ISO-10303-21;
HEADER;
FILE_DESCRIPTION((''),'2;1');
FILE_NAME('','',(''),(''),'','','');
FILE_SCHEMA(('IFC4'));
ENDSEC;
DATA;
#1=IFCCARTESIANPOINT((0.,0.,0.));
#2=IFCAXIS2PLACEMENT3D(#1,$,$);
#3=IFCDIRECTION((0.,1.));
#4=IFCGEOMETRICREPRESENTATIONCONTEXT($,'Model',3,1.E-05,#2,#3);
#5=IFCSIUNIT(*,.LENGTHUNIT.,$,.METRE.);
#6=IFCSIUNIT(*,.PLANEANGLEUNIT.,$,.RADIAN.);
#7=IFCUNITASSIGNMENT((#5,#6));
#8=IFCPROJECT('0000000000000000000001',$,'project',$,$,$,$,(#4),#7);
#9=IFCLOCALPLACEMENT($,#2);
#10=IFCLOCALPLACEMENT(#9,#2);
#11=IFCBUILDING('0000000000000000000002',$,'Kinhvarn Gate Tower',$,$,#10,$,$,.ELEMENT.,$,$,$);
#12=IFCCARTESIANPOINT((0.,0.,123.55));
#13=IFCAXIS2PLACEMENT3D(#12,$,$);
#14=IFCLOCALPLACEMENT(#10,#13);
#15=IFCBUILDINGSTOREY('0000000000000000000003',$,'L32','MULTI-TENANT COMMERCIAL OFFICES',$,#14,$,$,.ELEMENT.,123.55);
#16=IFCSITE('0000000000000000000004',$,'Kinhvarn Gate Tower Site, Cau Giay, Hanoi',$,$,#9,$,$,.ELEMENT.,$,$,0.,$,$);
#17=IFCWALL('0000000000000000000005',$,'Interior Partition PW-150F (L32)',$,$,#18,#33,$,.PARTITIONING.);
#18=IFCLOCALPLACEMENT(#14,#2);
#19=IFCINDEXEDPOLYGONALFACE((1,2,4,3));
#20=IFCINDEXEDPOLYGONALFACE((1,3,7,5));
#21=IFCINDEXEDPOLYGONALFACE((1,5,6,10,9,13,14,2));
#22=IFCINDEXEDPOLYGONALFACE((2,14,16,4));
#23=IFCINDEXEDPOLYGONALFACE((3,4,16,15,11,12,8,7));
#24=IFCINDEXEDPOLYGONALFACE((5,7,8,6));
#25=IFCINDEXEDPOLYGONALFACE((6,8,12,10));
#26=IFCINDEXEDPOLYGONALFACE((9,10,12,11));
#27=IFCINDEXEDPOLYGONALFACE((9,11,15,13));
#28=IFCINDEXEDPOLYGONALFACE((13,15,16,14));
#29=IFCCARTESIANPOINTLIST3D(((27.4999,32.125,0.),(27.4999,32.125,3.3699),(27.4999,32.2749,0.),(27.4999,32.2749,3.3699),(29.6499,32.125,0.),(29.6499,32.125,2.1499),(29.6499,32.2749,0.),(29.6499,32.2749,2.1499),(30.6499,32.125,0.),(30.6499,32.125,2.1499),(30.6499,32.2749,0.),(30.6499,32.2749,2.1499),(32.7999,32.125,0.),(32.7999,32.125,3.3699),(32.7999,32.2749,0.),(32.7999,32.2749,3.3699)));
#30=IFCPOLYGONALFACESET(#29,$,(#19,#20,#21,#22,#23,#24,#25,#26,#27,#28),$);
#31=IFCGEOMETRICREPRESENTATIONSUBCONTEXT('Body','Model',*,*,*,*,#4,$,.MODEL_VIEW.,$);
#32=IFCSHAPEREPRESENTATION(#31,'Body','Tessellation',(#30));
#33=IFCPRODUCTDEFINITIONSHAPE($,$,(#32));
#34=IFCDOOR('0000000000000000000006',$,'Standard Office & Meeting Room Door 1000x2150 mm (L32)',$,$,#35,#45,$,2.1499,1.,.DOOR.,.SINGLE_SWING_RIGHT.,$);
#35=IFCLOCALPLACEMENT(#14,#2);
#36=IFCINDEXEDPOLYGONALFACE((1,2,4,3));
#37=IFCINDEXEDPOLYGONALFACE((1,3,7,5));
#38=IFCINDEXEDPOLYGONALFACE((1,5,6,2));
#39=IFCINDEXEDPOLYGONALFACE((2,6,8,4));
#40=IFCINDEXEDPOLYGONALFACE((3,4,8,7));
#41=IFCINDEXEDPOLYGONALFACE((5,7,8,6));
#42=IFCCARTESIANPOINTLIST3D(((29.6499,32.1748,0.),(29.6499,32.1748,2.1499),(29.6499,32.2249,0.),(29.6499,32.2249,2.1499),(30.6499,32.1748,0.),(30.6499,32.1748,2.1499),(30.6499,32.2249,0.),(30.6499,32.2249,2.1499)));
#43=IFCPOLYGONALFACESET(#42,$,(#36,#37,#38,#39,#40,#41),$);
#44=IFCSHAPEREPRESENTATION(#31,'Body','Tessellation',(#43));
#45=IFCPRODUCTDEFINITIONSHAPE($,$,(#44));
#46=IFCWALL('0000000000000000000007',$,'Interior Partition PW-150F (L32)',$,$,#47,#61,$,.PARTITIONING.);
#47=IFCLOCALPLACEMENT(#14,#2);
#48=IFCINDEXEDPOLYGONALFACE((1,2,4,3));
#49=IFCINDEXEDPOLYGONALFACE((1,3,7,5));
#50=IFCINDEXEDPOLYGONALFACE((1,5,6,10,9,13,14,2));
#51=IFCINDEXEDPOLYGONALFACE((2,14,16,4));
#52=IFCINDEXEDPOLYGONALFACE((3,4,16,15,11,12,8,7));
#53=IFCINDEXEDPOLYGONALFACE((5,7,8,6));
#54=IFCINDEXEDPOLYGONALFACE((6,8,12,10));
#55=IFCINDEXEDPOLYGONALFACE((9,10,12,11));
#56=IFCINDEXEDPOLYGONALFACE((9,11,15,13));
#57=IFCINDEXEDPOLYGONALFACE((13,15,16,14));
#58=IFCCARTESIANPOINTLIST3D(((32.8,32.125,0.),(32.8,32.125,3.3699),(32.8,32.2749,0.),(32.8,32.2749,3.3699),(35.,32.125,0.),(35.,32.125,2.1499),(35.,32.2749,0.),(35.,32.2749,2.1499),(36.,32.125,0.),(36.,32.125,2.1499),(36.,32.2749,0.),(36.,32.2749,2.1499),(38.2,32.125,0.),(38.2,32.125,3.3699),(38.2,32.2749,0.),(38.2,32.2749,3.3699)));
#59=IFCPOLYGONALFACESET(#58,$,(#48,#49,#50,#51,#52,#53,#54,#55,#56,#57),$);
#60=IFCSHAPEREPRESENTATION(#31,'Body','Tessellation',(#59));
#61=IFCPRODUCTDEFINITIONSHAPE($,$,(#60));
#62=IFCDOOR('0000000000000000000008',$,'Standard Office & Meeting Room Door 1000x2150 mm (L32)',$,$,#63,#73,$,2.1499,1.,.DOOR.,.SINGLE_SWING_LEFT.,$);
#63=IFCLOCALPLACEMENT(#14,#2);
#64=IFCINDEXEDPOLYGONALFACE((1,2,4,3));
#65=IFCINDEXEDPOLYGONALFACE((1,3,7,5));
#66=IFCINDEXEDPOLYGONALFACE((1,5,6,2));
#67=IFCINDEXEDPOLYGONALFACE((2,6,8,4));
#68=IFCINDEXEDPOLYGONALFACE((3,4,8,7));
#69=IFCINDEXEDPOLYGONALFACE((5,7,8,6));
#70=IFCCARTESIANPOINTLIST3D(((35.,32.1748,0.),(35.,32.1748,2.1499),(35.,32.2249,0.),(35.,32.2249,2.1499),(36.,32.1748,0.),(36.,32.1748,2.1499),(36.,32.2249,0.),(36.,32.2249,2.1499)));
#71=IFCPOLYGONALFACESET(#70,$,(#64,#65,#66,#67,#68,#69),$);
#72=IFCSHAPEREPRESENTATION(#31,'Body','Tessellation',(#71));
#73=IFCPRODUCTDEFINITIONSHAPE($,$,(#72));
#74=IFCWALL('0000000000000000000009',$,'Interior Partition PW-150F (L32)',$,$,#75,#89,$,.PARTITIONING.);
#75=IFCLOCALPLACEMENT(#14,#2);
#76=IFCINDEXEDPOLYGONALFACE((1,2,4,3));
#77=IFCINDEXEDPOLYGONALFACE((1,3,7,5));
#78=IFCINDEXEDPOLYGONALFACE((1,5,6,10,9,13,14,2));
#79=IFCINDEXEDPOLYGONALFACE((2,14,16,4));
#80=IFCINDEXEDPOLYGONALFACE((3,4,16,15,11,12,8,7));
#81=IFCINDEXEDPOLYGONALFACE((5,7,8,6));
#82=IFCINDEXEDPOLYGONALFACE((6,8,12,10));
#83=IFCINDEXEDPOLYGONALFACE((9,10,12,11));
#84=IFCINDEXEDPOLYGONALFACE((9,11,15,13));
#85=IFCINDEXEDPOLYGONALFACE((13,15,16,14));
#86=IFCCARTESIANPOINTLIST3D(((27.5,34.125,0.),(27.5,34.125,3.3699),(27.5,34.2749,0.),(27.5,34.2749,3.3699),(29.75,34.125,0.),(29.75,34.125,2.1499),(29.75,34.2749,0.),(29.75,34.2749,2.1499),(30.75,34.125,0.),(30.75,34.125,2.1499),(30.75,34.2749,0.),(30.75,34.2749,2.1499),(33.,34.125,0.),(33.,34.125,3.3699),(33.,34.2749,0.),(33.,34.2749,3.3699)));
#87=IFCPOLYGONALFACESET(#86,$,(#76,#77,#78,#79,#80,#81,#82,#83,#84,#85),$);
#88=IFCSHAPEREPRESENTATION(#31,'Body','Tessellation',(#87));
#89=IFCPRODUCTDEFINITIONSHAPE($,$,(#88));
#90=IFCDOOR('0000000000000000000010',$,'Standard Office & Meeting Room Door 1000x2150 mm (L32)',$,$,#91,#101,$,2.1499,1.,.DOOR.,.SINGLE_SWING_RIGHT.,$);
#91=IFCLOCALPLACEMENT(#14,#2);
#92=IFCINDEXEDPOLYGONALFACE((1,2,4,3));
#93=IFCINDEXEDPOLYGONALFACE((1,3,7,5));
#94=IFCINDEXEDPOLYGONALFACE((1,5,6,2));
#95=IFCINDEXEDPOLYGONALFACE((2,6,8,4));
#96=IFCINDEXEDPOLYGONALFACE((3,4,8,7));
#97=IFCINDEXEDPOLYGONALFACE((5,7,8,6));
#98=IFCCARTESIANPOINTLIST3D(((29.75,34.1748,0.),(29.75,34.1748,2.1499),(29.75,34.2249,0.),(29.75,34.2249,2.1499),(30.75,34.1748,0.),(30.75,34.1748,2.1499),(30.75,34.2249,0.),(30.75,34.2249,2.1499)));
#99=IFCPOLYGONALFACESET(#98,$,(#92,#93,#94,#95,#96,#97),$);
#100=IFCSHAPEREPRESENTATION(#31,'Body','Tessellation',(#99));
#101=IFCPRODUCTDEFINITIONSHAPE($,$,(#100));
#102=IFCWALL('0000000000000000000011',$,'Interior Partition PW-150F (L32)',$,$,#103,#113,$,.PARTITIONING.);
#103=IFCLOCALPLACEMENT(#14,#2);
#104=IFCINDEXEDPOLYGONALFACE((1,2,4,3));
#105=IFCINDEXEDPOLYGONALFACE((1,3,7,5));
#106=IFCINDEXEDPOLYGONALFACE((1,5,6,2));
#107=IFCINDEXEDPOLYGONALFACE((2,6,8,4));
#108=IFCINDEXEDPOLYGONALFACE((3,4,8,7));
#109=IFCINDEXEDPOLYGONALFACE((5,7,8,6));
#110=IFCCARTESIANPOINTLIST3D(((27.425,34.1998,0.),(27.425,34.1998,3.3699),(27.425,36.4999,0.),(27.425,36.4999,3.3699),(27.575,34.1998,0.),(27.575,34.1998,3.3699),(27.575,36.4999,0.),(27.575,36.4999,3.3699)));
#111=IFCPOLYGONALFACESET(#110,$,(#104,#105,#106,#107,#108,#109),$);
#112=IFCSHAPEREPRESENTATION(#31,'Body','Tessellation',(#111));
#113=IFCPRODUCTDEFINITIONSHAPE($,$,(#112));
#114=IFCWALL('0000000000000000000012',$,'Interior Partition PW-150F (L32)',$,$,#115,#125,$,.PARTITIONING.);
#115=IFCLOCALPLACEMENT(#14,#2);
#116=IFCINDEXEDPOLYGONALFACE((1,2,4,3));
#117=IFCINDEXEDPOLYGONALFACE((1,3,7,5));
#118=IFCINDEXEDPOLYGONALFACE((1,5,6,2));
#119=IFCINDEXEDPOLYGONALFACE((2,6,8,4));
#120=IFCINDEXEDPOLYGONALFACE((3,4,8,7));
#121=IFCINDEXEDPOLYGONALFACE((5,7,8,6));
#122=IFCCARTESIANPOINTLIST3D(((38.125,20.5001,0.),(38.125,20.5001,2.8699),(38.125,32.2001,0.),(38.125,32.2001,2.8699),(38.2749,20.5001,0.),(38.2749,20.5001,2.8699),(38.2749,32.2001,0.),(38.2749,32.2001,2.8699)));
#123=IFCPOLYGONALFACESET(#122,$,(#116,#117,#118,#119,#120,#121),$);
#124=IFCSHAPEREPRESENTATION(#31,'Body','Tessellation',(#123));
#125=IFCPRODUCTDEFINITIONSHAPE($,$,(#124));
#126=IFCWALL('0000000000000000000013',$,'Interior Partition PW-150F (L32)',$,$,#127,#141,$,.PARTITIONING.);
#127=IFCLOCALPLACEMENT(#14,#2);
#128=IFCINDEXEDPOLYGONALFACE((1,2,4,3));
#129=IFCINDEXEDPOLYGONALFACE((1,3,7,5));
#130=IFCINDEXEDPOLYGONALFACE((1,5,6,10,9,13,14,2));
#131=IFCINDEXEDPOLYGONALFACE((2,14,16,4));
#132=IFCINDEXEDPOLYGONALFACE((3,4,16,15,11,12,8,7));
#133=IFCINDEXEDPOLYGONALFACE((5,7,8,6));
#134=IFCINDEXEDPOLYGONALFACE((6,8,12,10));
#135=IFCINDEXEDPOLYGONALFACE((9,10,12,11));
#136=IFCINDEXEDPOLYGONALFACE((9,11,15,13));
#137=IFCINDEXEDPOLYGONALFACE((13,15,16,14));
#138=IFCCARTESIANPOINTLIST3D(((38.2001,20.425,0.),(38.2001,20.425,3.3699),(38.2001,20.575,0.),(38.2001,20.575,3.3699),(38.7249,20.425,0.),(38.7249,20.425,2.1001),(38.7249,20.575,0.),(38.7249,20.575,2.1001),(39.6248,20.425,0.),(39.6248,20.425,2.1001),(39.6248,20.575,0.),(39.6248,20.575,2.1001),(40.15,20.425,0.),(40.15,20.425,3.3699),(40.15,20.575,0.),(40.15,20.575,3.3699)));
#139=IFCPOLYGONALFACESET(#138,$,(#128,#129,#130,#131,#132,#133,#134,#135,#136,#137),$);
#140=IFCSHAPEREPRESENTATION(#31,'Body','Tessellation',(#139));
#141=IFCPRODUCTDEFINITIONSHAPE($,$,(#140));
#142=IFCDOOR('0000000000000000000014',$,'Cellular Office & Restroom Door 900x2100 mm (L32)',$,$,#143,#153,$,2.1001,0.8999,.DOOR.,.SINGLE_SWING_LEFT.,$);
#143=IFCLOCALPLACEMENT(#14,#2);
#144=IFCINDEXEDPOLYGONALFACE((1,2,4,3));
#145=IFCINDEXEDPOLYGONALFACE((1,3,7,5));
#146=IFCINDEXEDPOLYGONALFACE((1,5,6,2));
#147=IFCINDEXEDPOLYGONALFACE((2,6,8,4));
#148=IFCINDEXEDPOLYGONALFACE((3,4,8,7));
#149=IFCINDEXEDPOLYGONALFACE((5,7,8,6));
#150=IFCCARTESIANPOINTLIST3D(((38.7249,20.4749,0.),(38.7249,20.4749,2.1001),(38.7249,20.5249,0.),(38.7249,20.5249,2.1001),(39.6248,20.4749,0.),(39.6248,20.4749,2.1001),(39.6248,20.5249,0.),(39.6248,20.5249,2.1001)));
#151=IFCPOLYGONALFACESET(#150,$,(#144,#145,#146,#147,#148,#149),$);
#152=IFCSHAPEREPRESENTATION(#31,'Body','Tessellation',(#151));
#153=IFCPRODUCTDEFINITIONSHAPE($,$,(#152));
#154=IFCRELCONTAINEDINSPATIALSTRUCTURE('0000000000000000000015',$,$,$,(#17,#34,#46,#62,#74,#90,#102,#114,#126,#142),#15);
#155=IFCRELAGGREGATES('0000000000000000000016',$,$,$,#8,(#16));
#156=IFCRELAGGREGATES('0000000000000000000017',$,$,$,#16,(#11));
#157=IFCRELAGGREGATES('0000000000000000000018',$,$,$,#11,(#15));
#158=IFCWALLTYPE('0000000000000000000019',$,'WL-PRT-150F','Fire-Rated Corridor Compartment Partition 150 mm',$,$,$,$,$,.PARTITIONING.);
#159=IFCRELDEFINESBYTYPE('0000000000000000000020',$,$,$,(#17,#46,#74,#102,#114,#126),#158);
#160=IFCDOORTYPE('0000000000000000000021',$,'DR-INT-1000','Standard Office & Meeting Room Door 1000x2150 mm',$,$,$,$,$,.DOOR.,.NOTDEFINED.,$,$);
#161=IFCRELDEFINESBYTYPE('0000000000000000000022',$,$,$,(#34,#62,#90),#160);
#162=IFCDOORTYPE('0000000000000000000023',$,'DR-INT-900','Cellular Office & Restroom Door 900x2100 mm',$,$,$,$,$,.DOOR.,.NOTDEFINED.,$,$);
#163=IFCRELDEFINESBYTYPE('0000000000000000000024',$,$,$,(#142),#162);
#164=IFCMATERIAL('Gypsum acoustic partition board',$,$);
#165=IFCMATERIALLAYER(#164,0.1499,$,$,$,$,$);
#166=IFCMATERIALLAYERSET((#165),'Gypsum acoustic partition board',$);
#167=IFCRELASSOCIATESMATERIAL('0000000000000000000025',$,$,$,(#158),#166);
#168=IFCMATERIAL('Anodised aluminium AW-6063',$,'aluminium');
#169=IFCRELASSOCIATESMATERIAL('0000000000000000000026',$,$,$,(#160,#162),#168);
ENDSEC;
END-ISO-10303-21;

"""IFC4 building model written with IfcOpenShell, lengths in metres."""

from ifc_helpers import new_model, si_unit, direction, frame, frame_2d, origin, place, context, subcontext, project, spatial, rectangle, extrude, material, layer, layer_set, type_object, element, fill, save


model = new_model("IFC4")

# Units and contexts
model_context = context("Model", 3, precision=1e-05, world=origin(), true_north=direction((0.0, 1.0)))
body_context = subcontext(model_context, "Body", "Model", "MODEL_VIEW")
ifc_project = project(units=[si_unit("LENGTHUNIT", "METRE"), si_unit("PLANEANGLEUNIT", "RADIAN")], contexts=[model_context])

# Site, building, storey
site_placement = place(None, origin())
site = spatial("IfcSite", under=ifc_project, at=site_placement, Name="Kinhvarn Gate Tower Site, Cau Giay, Hanoi", CompositionType="ELEMENT", RefElevation=0.0)
building_placement = place(site_placement, origin())
building = spatial("IfcBuilding", under=site, at=building_placement, Name="Kinhvarn Gate Tower", CompositionType="ELEMENT")
storey_placement = place(building_placement, frame((0.0, 0.0, 123.55)))
storey = spatial("IfcBuildingStorey", under=building, at=storey_placement, Name="L32", Description="MULTI-TENANT COMMERCIAL OFFICES", CompositionType="ELEMENT", Elevation=123.55)

# Shared definitions
ifc_material_1 = material(Name="Gypsum acoustic partition board")

# Walls, openings, doors
ifc_layer_1 = layer(ifc_material_1, 0.1499)
ifc_layer_set_1 = layer_set([ifc_layer_1], Name="Gypsum acoustic partition board")
wall_type_1 = type_object("IfcWallType", Name="WL-PRT-150F", Description="Fire-Rated Corridor Compartment Partition 150 mm", PredefinedType="PARTITIONING", material=ifc_layer_set_1)
wall_1_placement = place(storey_placement, frame((27.5, 32.2, 0.0), z_axis=(0.0, 0.0, 1.0), x_axis=(1.0, 0.0, 0.0)))
wall_1 = element("IfcWall", 1, at=wall_1_placement, inside=storey, type_object=wall_type_1, Name="Interior Partition PW-150F (L32)", PredefinedType="PARTITIONING", context=body_context, shape_type="SweptSolid", body=[
    extrude(rectangle(XDim=5.3, YDim=0.1499, at=frame_2d((2.6499, 0.0))), origin(), (0.0, 0.0, 1.0), 3.3699),
])
opening_1_placement = place(wall_1_placement, frame((2.1499, 0.0, 0.0)))
opening_1 = element("IfcOpeningElement", 2, at=opening_1_placement, cuts=wall_1, PredefinedType="OPENING", context=body_context, shape_type="SweptSolid", body=[
    extrude(rectangle(XDim=1.0, YDim=2.1499, at=frame_2d((0.5, 1.075))), frame((0.0, 0.085, 0.0), z_axis=(0.0, -1.0, 0.0), x_axis=(1.0, 0.0, 0.0)), (0.0, 0.0, 1.0), 0.1699),
])
ifc_material_2 = material(Name="Anodised aluminium AW-6063", Category="aluminium")
door_type_1 = type_object("IfcDoorType", Name="DR-INT-1000", Description="Standard Office & Meeting Room Door 1000x2150 mm", OperationType="NOTDEFINED", PredefinedType="DOOR", material=ifc_material_2)
door_1_placement = place(opening_1_placement, origin())
door_1 = element("IfcDoor", 3, at=door_1_placement, inside=storey, type_object=door_type_1, Name="Standard Office & Meeting Room Door 1000x2150 mm (L32)", OperationType="SINGLE_SWING_RIGHT", OverallHeight=2.1499, OverallWidth=1.0, PredefinedType="DOOR", context=body_context, shape_type="SweptSolid", body=[
    extrude(rectangle(XDim=1.0, YDim=2.1499, at=frame_2d((0.5, 1.075))), frame((0.0, 0.0249, 0.0), z_axis=(0.0, -1.0, 0.0), x_axis=(1.0, 0.0, 0.0)), (0.0, 0.0, 1.0), 0.05),
])
fill(opening_1, door_1)
wall_2_placement = place(storey_placement, frame((32.8, 32.2, 0.0), z_axis=(0.0, 0.0, 1.0), x_axis=(1.0, 0.0, 0.0)))
wall_2 = element("IfcWall", 4, at=wall_2_placement, inside=storey, type_object=wall_type_1, Name="Interior Partition PW-150F (L32)", PredefinedType="PARTITIONING", context=body_context, shape_type="SweptSolid", body=[
    extrude(rectangle(XDim=5.3999, YDim=0.1499, at=frame_2d((2.7, 0.0))), origin(), (0.0, 0.0, 1.0), 3.3699),
])
opening_2_placement = place(wall_2_placement, frame((2.2, 0.0, 0.0)))
opening_2 = element("IfcOpeningElement", 5, at=opening_2_placement, cuts=wall_2, PredefinedType="OPENING", context=body_context, shape_type="SweptSolid", body=[
    extrude(rectangle(XDim=1.0, YDim=2.1499, at=frame_2d((0.5, 1.075))), frame((0.0, 0.085, 0.0), z_axis=(0.0, -1.0, 0.0), x_axis=(1.0, 0.0, 0.0)), (0.0, 0.0, 1.0), 0.1699),
])
door_2_placement = place(opening_2_placement, origin())
door_2 = element("IfcDoor", 6, at=door_2_placement, inside=storey, type_object=door_type_1, Name="Standard Office & Meeting Room Door 1000x2150 mm (L32)", OperationType="SINGLE_SWING_LEFT", OverallHeight=2.1499, OverallWidth=1.0, PredefinedType="DOOR", context=body_context, shape_type="SweptSolid", body=[
    extrude(rectangle(XDim=1.0, YDim=2.1499, at=frame_2d((0.5, 1.075))), frame((0.0, 0.0249, 0.0), z_axis=(0.0, -1.0, 0.0), x_axis=(1.0, 0.0, 0.0)), (0.0, 0.0, 1.0), 0.05),
])
fill(opening_2, door_2)
wall_3_placement = place(storey_placement, frame((27.5, 34.2, 0.0), z_axis=(0.0, 0.0, 1.0), x_axis=(1.0, 0.0, 0.0)))
wall_3 = element("IfcWall", 7, at=wall_3_placement, inside=storey, type_object=wall_type_1, Name="Interior Partition PW-150F (L32)", PredefinedType="PARTITIONING", context=body_context, shape_type="SweptSolid", body=[
    extrude(rectangle(XDim=5.5, YDim=0.1499, at=frame_2d((2.75, 0.0))), origin(), (0.0, 0.0, 1.0), 3.3699),
])
opening_3_placement = place(wall_3_placement, frame((2.25, 0.0, 0.0)))
opening_3 = element("IfcOpeningElement", 8, at=opening_3_placement, cuts=wall_3, PredefinedType="OPENING", context=body_context, shape_type="SweptSolid", body=[
    extrude(rectangle(XDim=1.0, YDim=2.1499, at=frame_2d((0.5, 1.075))), frame((0.0, 0.085, 0.0), z_axis=(0.0, -1.0, 0.0), x_axis=(1.0, 0.0, 0.0)), (0.0, 0.0, 1.0), 0.1699),
])
door_3_placement = place(opening_3_placement, origin())
door_3 = element("IfcDoor", 9, at=door_3_placement, inside=storey, type_object=door_type_1, Name="Standard Office & Meeting Room Door 1000x2150 mm (L32)", OperationType="SINGLE_SWING_RIGHT", OverallHeight=2.1499, OverallWidth=1.0, PredefinedType="DOOR", context=body_context, shape_type="SweptSolid", body=[
    extrude(rectangle(XDim=1.0, YDim=2.1499, at=frame_2d((0.5, 1.075))), frame((0.0, 0.0249, 0.0), z_axis=(0.0, -1.0, 0.0), x_axis=(1.0, 0.0, 0.0)), (0.0, 0.0, 1.0), 0.05),
])
fill(opening_3, door_3)

# Walls
wall_4_placement = place(storey_placement, frame((27.5, 34.2, 0.0), z_axis=(0.0, 0.0, 1.0), x_axis=(0.0, 1.0, 0.0)))
element("IfcWall", 10, at=wall_4_placement, inside=storey, type_object=wall_type_1, Name="Interior Partition PW-150F (L32)", PredefinedType="PARTITIONING", context=body_context, shape_type="SweptSolid", body=[
    extrude(rectangle(XDim=2.3, YDim=0.1499, at=frame_2d((1.1499, 0.0))), origin(), (0.0, 0.0, 1.0), 3.3699),
])
wall_5_placement = place(storey_placement, frame((38.2, 20.5, 0.0), z_axis=(0.0, 0.0, 1.0), x_axis=(0.0, 1.0, 0.0)))
element("IfcWall", 11, at=wall_5_placement, inside=storey, type_object=wall_type_1, Name="Interior Partition PW-150F (L32)", PredefinedType="PARTITIONING", context=body_context, shape_type="SweptSolid", body=[
    extrude(rectangle(XDim=11.7, YDim=0.1499, at=frame_2d((5.8501, 0.0))), origin(), (0.0, 0.0, 1.0), 2.8699),
])

# Wall, opening, door
wall_6_placement = place(storey_placement, frame((38.2, 20.5, 0.0), z_axis=(0.0, 0.0, 1.0), x_axis=(1.0, 0.0, 0.0)))
wall_6 = element("IfcWall", 12, at=wall_6_placement, inside=storey, type_object=wall_type_1, Name="Interior Partition PW-150F (L32)", PredefinedType="PARTITIONING", context=body_context, shape_type="SweptSolid", body=[
    extrude(rectangle(XDim=1.95, YDim=0.1499, at=frame_2d((0.9751, 0.0))), origin(), (0.0, 0.0, 1.0), 3.3699),
])
opening_4_placement = place(wall_6_placement, frame((0.5249, 0.0, 0.0)))
opening_4 = element("IfcOpeningElement", 13, at=opening_4_placement, cuts=wall_6, PredefinedType="OPENING", context=body_context, shape_type="SweptSolid", body=[
    extrude(rectangle(XDim=0.8999, YDim=2.1001, at=frame_2d((0.45, 1.05))), frame((0.0, 0.085, 0.0), z_axis=(0.0, -1.0, 0.0), x_axis=(1.0, 0.0, 0.0)), (0.0, 0.0, 1.0), 0.1699),
])
door_type_2 = type_object("IfcDoorType", Name="DR-INT-900", Description="Cellular Office & Restroom Door 900x2100 mm", OperationType="NOTDEFINED", PredefinedType="DOOR", material=ifc_material_2)
door_4_placement = place(opening_4_placement, origin())
door_4 = element("IfcDoor", 14, at=door_4_placement, inside=storey, type_object=door_type_2, Name="Cellular Office & Restroom Door 900x2100 mm (L32)", OperationType="SINGLE_SWING_LEFT", OverallHeight=2.1001, OverallWidth=0.8999, PredefinedType="DOOR", context=body_context, shape_type="SweptSolid", body=[
    extrude(rectangle(XDim=0.8999, YDim=2.1001, at=frame_2d((0.45, 1.05))), frame((0.0, 0.0249, 0.0), z_axis=(0.0, -1.0, 0.0), x_axis=(1.0, 0.0, 0.0)), (0.0, 0.0, 1.0), 0.05),
])
fill(opening_4, door_4)

save(model, "model.ifc")
